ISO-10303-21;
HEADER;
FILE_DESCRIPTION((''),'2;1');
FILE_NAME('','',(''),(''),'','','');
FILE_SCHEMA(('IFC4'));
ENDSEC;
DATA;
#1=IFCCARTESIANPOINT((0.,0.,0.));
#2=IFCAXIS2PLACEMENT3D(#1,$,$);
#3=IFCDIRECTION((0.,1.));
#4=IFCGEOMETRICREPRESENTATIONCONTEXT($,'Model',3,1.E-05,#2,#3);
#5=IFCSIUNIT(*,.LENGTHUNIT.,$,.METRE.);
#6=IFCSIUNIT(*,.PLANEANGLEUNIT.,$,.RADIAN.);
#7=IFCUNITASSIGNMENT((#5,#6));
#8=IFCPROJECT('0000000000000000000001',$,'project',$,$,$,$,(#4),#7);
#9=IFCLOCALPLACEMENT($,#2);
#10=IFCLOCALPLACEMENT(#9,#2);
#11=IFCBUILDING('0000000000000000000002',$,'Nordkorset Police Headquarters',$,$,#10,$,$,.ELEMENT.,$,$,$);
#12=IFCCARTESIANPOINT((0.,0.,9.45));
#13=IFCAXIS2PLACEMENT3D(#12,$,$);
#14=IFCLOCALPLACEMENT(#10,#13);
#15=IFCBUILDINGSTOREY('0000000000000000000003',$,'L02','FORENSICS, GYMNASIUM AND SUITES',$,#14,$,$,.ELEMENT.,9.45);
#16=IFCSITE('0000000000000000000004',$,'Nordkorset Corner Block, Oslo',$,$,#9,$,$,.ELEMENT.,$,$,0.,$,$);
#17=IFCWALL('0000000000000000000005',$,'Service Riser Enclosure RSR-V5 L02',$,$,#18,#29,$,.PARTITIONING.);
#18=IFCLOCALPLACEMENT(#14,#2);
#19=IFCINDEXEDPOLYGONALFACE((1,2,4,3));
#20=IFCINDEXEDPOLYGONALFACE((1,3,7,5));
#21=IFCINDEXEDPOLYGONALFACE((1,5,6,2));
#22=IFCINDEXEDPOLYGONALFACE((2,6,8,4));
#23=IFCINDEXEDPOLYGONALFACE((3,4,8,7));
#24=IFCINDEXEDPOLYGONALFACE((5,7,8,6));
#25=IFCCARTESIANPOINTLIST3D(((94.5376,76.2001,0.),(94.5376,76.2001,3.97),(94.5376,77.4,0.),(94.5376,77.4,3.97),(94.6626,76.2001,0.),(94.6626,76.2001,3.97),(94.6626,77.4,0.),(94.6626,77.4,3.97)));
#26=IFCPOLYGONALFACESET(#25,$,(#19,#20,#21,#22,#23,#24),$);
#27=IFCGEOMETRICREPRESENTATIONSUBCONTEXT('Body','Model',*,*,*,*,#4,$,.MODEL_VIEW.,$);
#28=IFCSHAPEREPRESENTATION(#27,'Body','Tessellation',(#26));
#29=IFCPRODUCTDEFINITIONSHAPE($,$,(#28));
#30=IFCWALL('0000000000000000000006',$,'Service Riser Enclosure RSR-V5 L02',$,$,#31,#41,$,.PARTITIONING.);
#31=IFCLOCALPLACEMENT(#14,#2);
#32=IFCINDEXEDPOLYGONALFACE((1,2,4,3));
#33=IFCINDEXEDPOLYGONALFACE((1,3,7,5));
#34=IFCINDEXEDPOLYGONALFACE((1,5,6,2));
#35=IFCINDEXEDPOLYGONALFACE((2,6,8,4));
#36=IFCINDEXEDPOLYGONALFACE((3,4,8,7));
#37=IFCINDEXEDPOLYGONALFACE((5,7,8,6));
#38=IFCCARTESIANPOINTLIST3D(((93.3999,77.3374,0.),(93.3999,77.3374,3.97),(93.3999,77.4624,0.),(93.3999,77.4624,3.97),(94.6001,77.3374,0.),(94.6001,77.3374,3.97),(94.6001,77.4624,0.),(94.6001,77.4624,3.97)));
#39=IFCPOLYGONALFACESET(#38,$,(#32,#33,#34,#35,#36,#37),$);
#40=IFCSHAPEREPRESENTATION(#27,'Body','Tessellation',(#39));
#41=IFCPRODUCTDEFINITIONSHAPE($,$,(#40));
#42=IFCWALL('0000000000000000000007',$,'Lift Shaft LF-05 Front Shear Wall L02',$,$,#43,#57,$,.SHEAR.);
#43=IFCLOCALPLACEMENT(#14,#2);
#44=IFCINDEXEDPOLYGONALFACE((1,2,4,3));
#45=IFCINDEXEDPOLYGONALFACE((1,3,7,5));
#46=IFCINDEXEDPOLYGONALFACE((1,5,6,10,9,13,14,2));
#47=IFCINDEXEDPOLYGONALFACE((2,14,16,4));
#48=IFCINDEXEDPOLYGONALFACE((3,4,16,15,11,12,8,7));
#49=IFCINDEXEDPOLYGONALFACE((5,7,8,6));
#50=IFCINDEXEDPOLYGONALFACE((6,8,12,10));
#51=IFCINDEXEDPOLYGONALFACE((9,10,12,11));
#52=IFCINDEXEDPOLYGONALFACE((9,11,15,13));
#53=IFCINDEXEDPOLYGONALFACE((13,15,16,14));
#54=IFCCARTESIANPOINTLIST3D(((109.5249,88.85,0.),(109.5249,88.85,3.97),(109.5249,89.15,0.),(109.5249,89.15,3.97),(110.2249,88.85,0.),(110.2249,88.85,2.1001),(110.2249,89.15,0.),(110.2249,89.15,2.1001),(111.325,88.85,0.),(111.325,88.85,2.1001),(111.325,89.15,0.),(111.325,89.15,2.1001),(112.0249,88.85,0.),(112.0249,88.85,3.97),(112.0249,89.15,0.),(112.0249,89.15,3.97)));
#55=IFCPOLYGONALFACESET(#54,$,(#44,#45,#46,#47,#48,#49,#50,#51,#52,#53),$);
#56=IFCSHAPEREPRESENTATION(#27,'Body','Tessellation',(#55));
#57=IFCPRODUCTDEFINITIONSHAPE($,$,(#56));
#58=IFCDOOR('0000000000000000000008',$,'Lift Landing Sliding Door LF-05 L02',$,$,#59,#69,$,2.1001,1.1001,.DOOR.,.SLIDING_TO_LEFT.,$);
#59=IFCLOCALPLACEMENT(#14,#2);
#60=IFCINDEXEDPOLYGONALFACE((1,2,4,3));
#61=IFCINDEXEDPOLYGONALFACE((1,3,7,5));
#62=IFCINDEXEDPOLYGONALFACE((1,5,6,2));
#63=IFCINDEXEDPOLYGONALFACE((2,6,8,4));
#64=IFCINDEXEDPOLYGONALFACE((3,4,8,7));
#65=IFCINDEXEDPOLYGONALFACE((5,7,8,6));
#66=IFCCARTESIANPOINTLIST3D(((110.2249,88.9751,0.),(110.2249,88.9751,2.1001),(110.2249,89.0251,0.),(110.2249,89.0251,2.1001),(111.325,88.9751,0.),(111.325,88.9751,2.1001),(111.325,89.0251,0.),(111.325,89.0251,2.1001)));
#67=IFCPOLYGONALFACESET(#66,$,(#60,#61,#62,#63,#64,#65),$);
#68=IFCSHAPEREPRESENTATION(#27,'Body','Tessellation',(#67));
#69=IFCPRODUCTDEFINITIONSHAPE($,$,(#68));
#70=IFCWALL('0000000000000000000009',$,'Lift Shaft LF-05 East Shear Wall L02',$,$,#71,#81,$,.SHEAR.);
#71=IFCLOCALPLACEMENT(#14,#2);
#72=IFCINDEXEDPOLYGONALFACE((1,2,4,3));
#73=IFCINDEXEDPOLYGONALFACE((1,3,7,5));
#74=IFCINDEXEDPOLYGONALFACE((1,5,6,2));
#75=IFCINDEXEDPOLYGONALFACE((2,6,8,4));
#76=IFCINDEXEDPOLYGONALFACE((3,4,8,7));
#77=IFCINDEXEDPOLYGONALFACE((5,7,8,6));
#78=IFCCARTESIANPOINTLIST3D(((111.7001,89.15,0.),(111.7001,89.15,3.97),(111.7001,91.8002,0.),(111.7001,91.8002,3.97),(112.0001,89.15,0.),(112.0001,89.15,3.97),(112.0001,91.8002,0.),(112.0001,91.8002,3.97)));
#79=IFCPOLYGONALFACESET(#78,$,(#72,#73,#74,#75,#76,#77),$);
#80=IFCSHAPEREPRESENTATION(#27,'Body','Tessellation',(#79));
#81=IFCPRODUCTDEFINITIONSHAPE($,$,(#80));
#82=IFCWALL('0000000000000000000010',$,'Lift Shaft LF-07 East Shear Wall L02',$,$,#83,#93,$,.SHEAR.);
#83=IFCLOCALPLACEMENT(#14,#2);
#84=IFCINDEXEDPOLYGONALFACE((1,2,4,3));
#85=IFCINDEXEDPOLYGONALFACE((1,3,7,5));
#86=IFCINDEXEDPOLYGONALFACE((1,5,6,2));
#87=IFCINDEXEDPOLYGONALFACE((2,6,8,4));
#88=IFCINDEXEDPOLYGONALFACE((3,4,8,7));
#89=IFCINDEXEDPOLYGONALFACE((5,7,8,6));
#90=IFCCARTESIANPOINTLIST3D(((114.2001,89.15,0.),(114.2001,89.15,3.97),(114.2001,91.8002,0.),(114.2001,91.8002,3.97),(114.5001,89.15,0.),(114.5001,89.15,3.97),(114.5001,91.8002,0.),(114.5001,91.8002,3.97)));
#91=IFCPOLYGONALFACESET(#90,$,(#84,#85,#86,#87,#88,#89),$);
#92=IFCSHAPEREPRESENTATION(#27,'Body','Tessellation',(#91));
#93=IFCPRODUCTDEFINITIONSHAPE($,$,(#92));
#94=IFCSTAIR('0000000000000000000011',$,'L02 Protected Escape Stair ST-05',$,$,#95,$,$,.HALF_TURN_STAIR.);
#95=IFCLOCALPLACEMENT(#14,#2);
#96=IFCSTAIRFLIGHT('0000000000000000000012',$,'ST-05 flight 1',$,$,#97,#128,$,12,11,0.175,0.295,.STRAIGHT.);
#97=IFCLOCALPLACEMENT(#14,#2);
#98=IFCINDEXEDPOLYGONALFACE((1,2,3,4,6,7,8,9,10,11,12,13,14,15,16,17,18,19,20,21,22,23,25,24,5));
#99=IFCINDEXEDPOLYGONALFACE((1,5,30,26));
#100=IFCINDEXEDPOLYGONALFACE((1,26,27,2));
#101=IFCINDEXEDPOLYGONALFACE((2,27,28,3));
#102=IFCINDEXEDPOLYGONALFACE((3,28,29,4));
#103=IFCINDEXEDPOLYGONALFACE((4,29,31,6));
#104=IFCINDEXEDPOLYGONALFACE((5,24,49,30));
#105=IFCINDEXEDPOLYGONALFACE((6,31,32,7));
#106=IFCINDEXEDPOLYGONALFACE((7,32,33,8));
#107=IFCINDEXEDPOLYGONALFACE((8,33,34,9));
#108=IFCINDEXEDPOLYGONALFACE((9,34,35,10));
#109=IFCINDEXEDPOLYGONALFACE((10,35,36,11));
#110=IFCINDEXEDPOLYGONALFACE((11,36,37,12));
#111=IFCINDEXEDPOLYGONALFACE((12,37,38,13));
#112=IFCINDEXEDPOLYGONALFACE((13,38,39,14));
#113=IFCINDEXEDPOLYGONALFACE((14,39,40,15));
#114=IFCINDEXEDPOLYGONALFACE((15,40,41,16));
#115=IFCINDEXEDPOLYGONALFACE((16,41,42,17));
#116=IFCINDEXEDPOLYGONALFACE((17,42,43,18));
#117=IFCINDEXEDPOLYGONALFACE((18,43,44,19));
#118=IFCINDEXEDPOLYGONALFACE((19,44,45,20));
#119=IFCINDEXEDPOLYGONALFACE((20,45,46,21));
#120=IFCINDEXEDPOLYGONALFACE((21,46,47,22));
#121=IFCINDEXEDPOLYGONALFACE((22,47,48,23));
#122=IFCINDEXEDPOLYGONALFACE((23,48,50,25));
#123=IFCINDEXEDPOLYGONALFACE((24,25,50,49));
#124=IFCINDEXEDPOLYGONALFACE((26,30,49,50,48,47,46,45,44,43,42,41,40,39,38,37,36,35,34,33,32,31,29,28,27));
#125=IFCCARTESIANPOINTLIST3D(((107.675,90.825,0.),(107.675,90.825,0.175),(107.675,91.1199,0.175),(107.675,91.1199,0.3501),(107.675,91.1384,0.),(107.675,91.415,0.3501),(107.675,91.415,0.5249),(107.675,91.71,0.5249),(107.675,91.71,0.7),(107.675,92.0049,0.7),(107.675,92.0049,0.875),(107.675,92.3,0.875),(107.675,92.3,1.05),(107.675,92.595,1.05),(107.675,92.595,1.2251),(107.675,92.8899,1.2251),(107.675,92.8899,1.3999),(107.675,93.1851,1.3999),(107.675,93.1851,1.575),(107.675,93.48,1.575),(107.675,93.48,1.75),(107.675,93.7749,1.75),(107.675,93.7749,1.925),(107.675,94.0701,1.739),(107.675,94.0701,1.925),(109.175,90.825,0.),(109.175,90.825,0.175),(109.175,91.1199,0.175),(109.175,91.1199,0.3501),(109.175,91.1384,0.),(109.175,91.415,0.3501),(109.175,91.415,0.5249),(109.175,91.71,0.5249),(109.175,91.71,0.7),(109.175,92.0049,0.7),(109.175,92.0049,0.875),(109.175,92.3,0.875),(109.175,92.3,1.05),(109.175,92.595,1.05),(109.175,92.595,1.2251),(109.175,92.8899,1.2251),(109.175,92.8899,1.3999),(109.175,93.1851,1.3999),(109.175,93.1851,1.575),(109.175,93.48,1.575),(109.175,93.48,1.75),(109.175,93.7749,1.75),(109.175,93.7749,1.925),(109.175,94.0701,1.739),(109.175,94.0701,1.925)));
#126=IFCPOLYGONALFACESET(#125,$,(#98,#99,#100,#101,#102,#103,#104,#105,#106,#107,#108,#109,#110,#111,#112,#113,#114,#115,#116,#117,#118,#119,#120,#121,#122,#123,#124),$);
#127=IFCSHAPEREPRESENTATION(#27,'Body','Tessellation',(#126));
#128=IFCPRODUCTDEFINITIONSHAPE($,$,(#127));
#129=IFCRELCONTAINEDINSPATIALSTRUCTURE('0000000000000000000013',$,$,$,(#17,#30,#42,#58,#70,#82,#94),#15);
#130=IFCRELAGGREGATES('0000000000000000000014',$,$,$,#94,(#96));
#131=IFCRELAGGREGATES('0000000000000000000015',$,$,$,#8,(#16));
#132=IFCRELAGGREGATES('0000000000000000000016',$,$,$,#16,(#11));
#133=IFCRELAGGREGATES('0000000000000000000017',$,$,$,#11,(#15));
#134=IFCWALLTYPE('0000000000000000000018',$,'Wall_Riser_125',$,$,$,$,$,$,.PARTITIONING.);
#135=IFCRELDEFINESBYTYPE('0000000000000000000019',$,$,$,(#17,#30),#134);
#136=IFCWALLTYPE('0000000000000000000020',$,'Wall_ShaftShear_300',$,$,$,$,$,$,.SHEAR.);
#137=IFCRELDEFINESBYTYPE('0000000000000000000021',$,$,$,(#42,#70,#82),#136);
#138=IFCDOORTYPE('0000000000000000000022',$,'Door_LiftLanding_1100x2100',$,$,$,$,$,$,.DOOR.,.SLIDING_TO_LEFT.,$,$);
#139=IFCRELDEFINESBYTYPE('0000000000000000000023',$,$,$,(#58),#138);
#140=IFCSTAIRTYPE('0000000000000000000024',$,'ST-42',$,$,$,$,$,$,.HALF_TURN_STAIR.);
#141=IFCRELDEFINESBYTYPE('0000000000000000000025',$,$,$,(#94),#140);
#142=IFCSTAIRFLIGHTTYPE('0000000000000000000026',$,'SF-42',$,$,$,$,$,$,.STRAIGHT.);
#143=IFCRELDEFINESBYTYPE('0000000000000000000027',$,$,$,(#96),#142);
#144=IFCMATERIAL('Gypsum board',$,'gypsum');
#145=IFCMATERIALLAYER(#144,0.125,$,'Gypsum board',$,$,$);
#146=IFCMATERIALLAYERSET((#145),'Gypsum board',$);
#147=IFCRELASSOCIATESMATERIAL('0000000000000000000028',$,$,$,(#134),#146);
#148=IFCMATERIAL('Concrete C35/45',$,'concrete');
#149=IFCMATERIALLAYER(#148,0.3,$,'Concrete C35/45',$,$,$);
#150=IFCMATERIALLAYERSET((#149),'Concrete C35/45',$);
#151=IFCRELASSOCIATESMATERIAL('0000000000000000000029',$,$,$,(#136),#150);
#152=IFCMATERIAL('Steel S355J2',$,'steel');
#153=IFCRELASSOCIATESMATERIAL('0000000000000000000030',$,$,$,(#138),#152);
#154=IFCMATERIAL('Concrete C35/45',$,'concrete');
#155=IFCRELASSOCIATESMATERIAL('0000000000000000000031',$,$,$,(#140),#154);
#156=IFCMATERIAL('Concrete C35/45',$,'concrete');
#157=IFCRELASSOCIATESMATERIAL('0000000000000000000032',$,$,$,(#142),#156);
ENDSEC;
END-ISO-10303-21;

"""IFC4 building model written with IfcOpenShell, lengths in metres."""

from ifc_helpers import new_model, si_unit, direction, frame, frame_2d, origin, place, context, subcontext, project, spatial, polyline, rectangle, outline, extrude, material, layer, layer_set, type_object, element, fill, aggregate, save


model = new_model("IFC4")

# Units and contexts
model_context = context("Model", 3, precision=1e-05, world=origin(), true_north=direction((0.0, 1.0)))
body_context = subcontext(model_context, "Body", "Model", "MODEL_VIEW")
ifc_project = project(units=[si_unit("LENGTHUNIT", "METRE"), si_unit("PLANEANGLEUNIT", "RADIAN")], contexts=[model_context])

# Site, building, storey
site_placement = place(None, origin())
site = spatial("IfcSite", under=ifc_project, at=site_placement, Name="Nordkorset Corner Block, Oslo", CompositionType="ELEMENT", RefElevation=0.0)
building_placement = place(site_placement, origin())
building = spatial("IfcBuilding", under=site, at=building_placement, Name="Nordkorset Police Headquarters", CompositionType="ELEMENT")
storey_placement = place(building_placement, frame((0.0, 0.0, 9.45)))
storey = spatial("IfcBuildingStorey", under=building, at=storey_placement, Name="L02", Description="FORENSICS, GYMNASIUM AND SUITES", CompositionType="ELEMENT", Elevation=9.45)

# Walls
ifc_material_1 = material(Name="Gypsum board", Category="gypsum")
ifc_layer_1 = layer(ifc_material_1, 0.125, Name="Gypsum board")
ifc_layer_set_1 = layer_set([ifc_layer_1], Name="Gypsum board")
wall_type_1 = type_object("IfcWallType", Name="Wall_Riser_125", PredefinedType="PARTITIONING", material=ifc_layer_set_1)
wall_1_placement = place(storey_placement, frame((94.6001, 76.2, 0.0), z_axis=(0.0, 0.0, 1.0), x_axis=(0.0, 1.0, 0.0)))
element("IfcWall", 1, at=wall_1_placement, inside=storey, type_object=wall_type_1, Name="Service Riser Enclosure RSR-V5 L02", PredefinedType="PARTITIONING", context=body_context, shape_type="SweptSolid", body=[
    extrude(rectangle(XDim=1.2, YDim=0.125, at=frame_2d((0.6001, 0.0))), origin(), (0.0, 0.0, 1.0), 3.97),
])
wall_2_placement = place(storey_placement, frame((94.6001, 77.3999, 0.0), z_axis=(0.0, 0.0, 1.0), x_axis=(-1.0, 0.0, 0.0)))
element("IfcWall", 2, at=wall_2_placement, inside=storey, type_object=wall_type_1, Name="Service Riser Enclosure RSR-V5 L02", PredefinedType="PARTITIONING", context=body_context, shape_type="SweptSolid", body=[
    extrude(rectangle(XDim=1.2002, YDim=0.125, at=frame_2d((0.6001, 0.0))), origin(), (0.0, 0.0, 1.0), 3.97),
])

# Wall, opening, door
ifc_material_2 = material(Name="Concrete C35/45", Category="concrete")
ifc_layer_2 = layer(ifc_material_2, 0.3, Name="Concrete C35/45")
ifc_layer_set_2 = layer_set([ifc_layer_2], Name="Concrete C35/45")
wall_type_2 = type_object("IfcWallType", Name="Wall_ShaftShear_300", PredefinedType="SHEAR", material=ifc_layer_set_2)
wall_3_placement = place(storey_placement, frame((109.5249, 89.0, 0.0), z_axis=(0.0, 0.0, 1.0), x_axis=(1.0, 0.0, 0.0)))
wall_3 = element("IfcWall", 3, at=wall_3_placement, inside=storey, type_object=wall_type_2, Name="Lift Shaft LF-05 Front Shear Wall L02", PredefinedType="SHEAR", context=body_context, shape_type="SweptSolid", body=[
    extrude(rectangle(XDim=2.5, YDim=0.3, at=frame_2d((1.25, 0.0))), origin(), (0.0, 0.0, 1.0), 3.97),
])
opening_1_placement = place(wall_3_placement, frame((0.7, 0.0, 0.0)))
opening_1 = element("IfcOpeningElement", 4, at=opening_1_placement, cuts=wall_3, PredefinedType="OPENING", context=body_context, shape_type="SweptSolid", body=[
    extrude(rectangle(XDim=1.1001, YDim=2.1001, at=frame_2d((0.55, 1.05))), frame((0.0, 0.1602, 0.0), z_axis=(0.0, -1.0, 0.0), x_axis=(1.0, 0.0, 0.0)), (0.0, 0.0, 1.0), 0.3201),
])
ifc_material_3 = material(Name="Steel S355J2", Category="steel")
door_type_1 = type_object("IfcDoorType", Name="Door_LiftLanding_1100x2100", OperationType="SLIDING_TO_LEFT", PredefinedType="DOOR", material=ifc_material_3)
door_1_placement = place(opening_1_placement, frame((1.1001, 0.0, 0.0), z_axis=(0.0, 0.0, 1.0), x_axis=(-1.0, 0.0, 0.0)))
door_1 = element("IfcDoor", 5, at=door_1_placement, inside=storey, type_object=door_type_1, Name="Lift Landing Sliding Door LF-05 L02", OperationType="SLIDING_TO_LEFT", OverallHeight=2.1001, OverallWidth=1.1001, PredefinedType="DOOR", context=body_context, shape_type="SweptSolid", body=[
    extrude(rectangle(XDim=1.1001, YDim=2.1001, at=frame_2d((0.55, 1.05))), frame((0.0, 0.0249, 0.0), z_axis=(0.0, -1.0, 0.0), x_axis=(1.0, 0.0, 0.0)), (0.0, 0.0, 1.0), 0.05),
])
fill(opening_1, door_1)

# Wall
wall_4_placement = place(storey_placement, frame((111.8501, 89.1499, 0.0), z_axis=(0.0, 0.0, 1.0), x_axis=(0.0, 1.0, 0.0)))
element("IfcWall", 6, at=wall_4_placement, inside=storey, type_object=wall_type_2, Name="Lift Shaft LF-05 East Shear Wall L02", PredefinedType="SHEAR", context=body_context, shape_type="SweptSolid", body=[
    extrude(rectangle(XDim=2.6501, YDim=0.3, at=frame_2d((1.3252, 0.0))), origin(), (0.0, 0.0, 1.0), 3.97),
])

# Wall
wall_5_placement = place(storey_placement, frame((114.3501, 89.1499, 0.0), z_axis=(0.0, 0.0, 1.0), x_axis=(0.0, 1.0, 0.0)))
element("IfcWall", 7, at=wall_5_placement, inside=storey, type_object=wall_type_2, Name="Lift Shaft LF-07 East Shear Wall L02", PredefinedType="SHEAR", context=body_context, shape_type="SweptSolid", body=[
    extrude(rectangle(XDim=2.6501, YDim=0.3, at=frame_2d((1.3252, 0.0))), origin(), (0.0, 0.0, 1.0), 3.97),
])

# Stair, stair flight
ifc_material_4 = material(Name="Concrete C35/45", Category="concrete")
stair_type = type_object("IfcStairType", Name="ST-42", PredefinedType="HALF_TURN_STAIR", material=ifc_material_4)
stair_placement = place(storey_placement, origin())
stair = element("IfcStair", 8, at=stair_placement, inside=storey, type_object=stair_type, Name="L02 Protected Escape Stair ST-05", PredefinedType="HALF_TURN_STAIR")
ifc_material_5 = material(Name="Concrete C35/45", Category="concrete")
stair_flight_type = type_object("IfcStairFlightType", Name="SF-42", PredefinedType="STRAIGHT", material=ifc_material_5)
stair_flight_placement = place(storey_placement, frame((108.425, 90.825, 0.0), z_axis=(0.0, 0.0, 1.0), x_axis=(0.0, 1.0, 0.0)))
stair_flight = element("IfcStairFlight", 9, at=stair_flight_placement, type_object=stair_flight_type, Name="ST-05 flight 1", NumberOfRisers=12, NumberOfTreads=11, PredefinedType="STRAIGHT", RiserHeight=0.175, TreadLength=0.295, context=body_context, shape_type="SweptSolid", body=[
    extrude(outline(polyline([(0.0, 0.0), (0.0, 0.175), (0.2949, 0.175), (0.2949, 0.3501), (0.5901, 0.3501), (0.5901, 0.5249), (0.885, 0.5249), (0.885, 0.7), (1.1799, 0.7), (1.1799, 0.875), (1.4751, 0.875), (1.4751, 1.05), (1.77, 1.05), (1.77, 1.2251), (2.0649, 1.2251), (2.0649, 1.3999), (2.3601, 1.3999), (2.3601, 1.575), (2.655, 1.575), (2.655, 1.75), (2.95, 1.75), (2.95, 1.925), (3.2451, 1.925), (3.2451, 2.1001), (3.2451, 1.739), (0.3135, 0.0), (0.0, 0.0)])), frame((0.0, 0.75, 0.0), z_axis=(0.0, -1.0, 0.0), x_axis=(1.0, 0.0, 0.0)), (0.0, 0.0, 1.0), 1.5),
])
aggregate(stair, [stair_flight])

save(model, "model.ifc")
